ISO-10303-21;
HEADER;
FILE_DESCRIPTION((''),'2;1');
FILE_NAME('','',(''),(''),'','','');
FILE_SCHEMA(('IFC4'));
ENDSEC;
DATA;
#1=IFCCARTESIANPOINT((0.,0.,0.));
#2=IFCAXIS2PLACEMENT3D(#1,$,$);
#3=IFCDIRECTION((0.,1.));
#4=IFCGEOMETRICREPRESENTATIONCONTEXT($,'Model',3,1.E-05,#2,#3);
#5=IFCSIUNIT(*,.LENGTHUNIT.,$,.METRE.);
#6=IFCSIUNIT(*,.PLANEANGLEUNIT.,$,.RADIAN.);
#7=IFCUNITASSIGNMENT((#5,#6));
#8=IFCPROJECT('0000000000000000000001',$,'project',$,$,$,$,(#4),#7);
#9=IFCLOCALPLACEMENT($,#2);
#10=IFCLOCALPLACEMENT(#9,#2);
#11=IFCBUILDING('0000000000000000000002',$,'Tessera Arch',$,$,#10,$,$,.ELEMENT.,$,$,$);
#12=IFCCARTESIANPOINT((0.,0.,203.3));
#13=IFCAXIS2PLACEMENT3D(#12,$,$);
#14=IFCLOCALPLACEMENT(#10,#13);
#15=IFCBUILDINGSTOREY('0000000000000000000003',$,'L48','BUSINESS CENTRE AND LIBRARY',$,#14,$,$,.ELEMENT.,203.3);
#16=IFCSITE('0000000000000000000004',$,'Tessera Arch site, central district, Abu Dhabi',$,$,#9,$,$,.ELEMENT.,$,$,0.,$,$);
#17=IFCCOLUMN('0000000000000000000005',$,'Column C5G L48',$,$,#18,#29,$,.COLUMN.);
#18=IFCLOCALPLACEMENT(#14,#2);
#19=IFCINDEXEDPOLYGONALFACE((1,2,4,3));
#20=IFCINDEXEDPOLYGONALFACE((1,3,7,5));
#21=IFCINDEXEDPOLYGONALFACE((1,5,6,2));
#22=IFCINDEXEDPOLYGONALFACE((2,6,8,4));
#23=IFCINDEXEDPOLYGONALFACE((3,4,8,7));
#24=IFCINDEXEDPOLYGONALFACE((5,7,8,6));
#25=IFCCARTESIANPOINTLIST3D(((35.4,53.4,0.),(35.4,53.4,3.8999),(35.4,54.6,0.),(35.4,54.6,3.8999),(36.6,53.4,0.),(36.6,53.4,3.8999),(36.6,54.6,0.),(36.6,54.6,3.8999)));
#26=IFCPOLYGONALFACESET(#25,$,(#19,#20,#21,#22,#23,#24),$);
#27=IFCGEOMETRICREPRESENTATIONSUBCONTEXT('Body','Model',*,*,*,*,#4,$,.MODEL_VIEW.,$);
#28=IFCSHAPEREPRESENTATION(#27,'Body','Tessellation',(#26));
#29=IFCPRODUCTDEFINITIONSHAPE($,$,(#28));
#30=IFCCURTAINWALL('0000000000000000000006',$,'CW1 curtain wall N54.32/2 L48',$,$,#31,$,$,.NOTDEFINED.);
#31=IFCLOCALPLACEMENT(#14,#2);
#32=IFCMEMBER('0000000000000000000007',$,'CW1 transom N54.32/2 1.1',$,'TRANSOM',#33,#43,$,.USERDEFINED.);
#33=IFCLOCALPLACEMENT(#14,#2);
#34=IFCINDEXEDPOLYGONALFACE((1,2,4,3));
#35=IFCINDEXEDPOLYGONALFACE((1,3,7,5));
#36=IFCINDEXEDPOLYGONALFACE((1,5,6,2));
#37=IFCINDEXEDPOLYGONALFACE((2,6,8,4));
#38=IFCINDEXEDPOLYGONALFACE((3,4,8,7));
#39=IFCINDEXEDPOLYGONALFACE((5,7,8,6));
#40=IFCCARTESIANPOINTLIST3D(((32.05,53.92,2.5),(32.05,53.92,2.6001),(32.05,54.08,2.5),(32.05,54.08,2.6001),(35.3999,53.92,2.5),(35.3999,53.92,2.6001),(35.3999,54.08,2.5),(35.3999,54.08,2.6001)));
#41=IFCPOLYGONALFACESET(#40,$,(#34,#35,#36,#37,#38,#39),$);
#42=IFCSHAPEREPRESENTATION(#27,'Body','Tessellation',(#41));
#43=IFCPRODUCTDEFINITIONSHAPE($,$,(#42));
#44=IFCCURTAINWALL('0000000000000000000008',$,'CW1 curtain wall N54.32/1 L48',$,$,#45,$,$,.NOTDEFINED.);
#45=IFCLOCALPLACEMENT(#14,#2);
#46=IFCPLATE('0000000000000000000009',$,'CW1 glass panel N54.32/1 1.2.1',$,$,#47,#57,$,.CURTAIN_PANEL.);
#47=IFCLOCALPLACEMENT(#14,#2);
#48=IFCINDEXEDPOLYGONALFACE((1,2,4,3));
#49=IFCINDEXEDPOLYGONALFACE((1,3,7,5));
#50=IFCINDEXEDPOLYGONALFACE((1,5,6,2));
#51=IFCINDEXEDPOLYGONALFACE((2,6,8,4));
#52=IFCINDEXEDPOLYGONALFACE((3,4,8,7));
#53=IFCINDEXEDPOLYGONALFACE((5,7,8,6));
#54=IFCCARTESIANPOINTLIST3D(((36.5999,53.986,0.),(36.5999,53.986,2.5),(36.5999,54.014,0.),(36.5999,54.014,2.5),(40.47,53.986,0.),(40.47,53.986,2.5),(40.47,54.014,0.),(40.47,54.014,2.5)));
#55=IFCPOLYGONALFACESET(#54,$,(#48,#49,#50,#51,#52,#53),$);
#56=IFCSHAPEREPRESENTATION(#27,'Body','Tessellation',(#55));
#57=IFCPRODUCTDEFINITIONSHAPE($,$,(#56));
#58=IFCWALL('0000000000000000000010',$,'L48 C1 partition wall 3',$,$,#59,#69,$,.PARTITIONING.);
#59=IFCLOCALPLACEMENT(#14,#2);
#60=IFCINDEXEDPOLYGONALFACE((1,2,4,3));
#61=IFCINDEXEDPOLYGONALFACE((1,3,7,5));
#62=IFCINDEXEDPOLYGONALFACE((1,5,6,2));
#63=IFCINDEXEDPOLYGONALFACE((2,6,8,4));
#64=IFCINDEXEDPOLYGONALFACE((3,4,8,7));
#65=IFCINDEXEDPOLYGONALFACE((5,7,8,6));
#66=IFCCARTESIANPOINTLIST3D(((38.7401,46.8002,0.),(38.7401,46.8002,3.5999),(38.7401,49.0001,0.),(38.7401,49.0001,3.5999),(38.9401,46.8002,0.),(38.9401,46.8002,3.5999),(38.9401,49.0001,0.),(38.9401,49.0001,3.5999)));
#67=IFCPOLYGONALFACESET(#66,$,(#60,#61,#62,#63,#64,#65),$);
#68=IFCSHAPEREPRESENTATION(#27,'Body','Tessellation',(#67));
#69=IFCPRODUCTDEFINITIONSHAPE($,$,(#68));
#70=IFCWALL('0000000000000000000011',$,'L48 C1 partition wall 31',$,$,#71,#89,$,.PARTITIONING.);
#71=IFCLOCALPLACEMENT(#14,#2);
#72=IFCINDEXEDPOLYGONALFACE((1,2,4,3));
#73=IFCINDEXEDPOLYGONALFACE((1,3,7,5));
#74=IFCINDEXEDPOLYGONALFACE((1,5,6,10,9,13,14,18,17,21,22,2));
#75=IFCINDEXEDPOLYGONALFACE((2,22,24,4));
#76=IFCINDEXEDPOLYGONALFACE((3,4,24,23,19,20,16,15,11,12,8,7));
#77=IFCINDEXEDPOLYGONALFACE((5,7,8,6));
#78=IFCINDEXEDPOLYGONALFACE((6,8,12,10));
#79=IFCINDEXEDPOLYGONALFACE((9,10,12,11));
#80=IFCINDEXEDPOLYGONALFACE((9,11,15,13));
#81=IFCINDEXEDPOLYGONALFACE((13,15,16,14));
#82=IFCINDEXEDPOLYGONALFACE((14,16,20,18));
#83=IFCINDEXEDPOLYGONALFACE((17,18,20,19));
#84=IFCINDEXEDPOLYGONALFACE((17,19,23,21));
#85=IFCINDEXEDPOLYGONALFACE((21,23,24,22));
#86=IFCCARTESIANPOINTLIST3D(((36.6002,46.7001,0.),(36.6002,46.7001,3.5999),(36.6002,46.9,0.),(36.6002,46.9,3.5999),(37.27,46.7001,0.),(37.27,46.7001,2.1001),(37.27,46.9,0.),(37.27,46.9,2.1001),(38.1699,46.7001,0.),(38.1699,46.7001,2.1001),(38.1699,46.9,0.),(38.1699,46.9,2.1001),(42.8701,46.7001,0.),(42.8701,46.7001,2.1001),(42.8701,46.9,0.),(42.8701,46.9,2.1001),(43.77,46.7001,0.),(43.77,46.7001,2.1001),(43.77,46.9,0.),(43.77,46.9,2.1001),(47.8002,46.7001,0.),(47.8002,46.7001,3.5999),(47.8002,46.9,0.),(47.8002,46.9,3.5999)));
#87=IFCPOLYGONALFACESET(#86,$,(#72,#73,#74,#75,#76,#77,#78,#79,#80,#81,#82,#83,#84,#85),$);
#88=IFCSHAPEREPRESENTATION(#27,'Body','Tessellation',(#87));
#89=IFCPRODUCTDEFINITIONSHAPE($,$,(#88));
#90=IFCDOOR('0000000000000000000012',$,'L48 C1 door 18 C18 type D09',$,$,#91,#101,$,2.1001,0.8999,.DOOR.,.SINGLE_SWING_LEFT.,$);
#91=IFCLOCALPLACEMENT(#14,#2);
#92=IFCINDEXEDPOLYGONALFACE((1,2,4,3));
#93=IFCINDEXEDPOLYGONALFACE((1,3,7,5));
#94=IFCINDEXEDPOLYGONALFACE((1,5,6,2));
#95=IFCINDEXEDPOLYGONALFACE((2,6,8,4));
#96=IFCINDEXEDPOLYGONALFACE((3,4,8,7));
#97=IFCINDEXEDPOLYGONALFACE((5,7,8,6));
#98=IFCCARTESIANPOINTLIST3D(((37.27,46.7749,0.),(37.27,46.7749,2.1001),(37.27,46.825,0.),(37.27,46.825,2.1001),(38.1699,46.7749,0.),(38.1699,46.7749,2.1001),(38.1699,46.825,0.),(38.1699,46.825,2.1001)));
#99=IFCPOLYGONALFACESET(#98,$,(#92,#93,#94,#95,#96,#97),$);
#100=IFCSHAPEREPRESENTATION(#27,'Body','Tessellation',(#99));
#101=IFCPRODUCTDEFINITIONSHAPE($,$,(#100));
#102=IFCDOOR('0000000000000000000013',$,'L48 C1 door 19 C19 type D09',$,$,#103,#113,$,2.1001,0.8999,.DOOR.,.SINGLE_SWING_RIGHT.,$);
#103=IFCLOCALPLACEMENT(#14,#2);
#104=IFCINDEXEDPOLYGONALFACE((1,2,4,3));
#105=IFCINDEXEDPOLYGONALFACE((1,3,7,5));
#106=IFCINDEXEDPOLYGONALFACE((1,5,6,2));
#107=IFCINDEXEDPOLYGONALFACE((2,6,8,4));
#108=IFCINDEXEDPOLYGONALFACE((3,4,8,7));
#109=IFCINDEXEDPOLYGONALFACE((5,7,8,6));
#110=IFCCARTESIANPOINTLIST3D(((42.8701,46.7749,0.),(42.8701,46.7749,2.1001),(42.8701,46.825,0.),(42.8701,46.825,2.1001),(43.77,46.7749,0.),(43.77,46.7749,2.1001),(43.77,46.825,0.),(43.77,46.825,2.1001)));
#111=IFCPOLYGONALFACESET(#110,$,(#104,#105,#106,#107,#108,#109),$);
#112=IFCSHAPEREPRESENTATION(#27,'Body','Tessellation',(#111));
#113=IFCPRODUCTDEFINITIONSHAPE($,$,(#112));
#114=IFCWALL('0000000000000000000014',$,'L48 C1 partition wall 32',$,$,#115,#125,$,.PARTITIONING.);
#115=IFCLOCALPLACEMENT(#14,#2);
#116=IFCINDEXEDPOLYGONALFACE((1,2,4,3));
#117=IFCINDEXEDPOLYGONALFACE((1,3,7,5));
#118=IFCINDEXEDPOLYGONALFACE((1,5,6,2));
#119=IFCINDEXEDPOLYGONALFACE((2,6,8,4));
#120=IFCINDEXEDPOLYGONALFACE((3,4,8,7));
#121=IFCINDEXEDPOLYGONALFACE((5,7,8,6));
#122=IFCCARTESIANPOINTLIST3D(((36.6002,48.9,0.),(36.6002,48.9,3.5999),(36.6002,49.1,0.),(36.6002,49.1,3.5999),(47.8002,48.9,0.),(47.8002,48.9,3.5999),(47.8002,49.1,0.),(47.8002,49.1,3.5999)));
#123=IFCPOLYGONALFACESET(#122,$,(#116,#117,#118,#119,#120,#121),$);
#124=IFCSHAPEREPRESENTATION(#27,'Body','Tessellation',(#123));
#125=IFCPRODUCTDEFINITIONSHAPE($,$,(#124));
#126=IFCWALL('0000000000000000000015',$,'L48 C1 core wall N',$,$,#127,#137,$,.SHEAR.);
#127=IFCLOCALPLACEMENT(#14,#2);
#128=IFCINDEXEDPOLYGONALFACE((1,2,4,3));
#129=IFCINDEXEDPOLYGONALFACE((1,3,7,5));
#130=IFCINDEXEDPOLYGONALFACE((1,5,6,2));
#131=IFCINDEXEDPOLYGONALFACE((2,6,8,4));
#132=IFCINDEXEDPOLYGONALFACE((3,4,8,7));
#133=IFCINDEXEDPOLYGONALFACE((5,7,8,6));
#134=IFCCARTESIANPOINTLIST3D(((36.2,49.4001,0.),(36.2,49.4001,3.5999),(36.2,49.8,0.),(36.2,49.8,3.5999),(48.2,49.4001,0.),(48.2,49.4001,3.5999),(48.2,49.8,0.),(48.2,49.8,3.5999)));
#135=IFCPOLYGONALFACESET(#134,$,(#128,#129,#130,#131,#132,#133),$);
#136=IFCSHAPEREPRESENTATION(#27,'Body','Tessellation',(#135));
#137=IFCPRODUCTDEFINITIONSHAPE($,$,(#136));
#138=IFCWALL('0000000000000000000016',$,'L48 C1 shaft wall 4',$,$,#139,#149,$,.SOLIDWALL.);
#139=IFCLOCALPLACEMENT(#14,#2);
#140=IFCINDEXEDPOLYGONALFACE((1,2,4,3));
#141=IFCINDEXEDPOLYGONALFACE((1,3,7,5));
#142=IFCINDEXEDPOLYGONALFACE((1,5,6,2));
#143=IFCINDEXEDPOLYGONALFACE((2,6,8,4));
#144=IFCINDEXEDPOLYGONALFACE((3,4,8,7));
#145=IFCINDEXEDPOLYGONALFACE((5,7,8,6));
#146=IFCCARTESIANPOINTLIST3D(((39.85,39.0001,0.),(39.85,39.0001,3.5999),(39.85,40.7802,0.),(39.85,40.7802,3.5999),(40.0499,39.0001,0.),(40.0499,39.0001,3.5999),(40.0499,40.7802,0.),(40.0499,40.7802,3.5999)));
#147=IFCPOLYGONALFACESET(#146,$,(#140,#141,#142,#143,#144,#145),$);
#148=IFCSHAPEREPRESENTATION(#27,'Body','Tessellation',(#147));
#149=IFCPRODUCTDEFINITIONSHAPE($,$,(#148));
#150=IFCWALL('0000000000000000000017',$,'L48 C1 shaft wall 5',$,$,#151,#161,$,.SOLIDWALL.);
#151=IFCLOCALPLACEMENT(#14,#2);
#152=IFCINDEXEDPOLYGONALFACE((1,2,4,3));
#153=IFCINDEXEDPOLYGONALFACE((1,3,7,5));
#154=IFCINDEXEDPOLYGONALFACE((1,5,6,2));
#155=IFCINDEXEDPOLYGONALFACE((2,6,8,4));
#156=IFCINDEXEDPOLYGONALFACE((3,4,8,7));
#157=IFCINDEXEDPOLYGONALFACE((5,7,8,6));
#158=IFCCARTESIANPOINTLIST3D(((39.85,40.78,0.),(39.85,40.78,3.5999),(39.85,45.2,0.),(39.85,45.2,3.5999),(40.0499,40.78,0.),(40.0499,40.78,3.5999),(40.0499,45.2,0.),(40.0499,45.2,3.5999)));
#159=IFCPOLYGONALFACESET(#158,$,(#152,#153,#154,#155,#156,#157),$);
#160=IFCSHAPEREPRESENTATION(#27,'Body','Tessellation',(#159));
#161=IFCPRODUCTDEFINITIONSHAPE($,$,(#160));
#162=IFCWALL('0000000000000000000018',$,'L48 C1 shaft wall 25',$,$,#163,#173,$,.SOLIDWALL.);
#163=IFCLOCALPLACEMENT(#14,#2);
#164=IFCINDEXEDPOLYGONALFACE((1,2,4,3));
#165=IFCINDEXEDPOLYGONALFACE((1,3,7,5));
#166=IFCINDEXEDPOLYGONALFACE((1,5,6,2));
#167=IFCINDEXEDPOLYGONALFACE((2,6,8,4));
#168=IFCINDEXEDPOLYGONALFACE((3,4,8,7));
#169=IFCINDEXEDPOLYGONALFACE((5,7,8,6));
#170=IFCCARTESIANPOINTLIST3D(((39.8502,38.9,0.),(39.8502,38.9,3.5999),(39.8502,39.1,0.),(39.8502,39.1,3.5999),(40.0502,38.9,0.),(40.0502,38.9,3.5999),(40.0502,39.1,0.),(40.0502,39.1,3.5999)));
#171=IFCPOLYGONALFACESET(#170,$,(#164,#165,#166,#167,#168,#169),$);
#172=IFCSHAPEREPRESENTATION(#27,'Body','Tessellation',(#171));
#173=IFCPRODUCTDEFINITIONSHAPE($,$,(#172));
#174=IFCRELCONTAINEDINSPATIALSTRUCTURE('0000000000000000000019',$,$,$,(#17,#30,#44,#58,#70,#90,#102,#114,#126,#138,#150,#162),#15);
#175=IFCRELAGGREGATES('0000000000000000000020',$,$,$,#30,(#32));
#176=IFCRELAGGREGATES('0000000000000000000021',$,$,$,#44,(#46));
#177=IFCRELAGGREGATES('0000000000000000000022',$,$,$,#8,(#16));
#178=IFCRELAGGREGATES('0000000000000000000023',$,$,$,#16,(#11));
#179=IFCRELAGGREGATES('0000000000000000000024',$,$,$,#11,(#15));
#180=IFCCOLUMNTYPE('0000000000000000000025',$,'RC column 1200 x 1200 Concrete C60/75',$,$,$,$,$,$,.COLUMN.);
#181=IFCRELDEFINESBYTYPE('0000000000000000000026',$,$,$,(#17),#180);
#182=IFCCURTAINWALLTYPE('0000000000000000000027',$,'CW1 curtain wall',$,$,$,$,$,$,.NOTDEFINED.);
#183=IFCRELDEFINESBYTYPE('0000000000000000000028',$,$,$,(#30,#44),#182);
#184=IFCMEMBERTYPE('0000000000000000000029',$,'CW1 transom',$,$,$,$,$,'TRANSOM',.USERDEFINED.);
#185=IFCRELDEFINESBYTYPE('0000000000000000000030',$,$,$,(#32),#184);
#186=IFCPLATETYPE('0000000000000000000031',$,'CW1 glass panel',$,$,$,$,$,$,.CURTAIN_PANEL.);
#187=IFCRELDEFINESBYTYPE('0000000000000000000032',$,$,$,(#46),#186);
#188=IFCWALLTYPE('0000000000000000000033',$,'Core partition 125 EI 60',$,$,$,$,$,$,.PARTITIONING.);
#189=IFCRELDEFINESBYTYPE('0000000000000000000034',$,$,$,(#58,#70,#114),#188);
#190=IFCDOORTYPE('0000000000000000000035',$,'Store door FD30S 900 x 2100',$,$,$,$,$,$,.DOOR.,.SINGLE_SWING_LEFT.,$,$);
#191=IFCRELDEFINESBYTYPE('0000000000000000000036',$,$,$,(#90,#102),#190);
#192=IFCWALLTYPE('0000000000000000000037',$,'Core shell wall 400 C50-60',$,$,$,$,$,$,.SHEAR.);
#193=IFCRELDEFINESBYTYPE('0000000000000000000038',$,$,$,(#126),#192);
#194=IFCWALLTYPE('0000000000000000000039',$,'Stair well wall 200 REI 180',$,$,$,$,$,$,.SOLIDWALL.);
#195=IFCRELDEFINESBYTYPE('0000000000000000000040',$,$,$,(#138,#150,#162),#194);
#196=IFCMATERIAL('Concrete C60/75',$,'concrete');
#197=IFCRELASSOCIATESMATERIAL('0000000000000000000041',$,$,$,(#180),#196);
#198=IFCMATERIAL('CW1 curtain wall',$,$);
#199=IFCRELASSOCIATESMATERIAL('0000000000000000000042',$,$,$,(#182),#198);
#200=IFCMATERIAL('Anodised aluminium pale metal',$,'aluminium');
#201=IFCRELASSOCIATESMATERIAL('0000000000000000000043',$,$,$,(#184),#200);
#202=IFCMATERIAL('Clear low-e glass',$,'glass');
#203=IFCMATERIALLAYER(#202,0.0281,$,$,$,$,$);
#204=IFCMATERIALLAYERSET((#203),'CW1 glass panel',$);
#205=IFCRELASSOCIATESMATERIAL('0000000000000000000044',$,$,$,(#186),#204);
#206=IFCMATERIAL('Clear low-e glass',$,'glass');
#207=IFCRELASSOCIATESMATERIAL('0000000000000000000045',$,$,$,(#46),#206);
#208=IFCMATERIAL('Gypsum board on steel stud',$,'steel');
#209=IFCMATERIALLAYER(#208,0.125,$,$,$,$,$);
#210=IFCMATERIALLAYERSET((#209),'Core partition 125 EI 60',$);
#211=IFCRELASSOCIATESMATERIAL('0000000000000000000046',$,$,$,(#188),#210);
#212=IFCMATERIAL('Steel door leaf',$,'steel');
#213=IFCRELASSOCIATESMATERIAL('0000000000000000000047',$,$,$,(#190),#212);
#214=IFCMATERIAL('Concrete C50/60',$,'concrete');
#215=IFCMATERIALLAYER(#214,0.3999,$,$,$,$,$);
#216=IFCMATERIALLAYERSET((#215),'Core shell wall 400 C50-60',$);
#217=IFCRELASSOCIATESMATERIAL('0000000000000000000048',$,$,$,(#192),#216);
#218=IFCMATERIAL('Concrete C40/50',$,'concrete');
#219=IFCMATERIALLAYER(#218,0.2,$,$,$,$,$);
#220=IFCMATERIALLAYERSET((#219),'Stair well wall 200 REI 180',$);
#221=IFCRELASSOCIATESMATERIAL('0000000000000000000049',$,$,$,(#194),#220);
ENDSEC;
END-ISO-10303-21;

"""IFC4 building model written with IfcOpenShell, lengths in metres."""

from ifc_helpers import new_model, si_unit, direction, frame, frame_2d, origin, origin_2d, place, context, subcontext, project, spatial, rectangle, extrude, material, layer, layer_set, material_profile, profile_set, type_object, element, fill, aggregate, save


model = new_model("IFC4")

# Units and contexts
model_context = context("Model", 3, precision=1e-05, world=origin(), true_north=direction((0.0, 1.0)))
body_context = subcontext(model_context, "Body", "Model", "MODEL_VIEW")
ifc_project = project(units=[si_unit("LENGTHUNIT", "METRE"), si_unit("PLANEANGLEUNIT", "RADIAN")], contexts=[model_context])

# Site, building, storey
site_placement = place(None, origin())
site = spatial("IfcSite", under=ifc_project, at=site_placement, Name="Tessera Arch site, central district, Abu Dhabi", CompositionType="ELEMENT", RefElevation=0.0)
building_placement = place(site_placement, origin())
building = spatial("IfcBuilding", under=site, at=building_placement, Name="Tessera Arch", CompositionType="ELEMENT")
storey_placement = place(building_placement, frame((0.0, 0.0, 203.3)))
storey = spatial("IfcBuildingStorey", under=building, at=storey_placement, Name="L48", Description="BUSINESS CENTRE AND LIBRARY", CompositionType="ELEMENT", Elevation=203.3)

# Column
ifc_material_1 = material(Name="Concrete C60/75", Category="concrete")
ifc_material_profile_1 = material_profile(ifc_material_1, rectangle(XDim=1.2, YDim=1.2, at=origin_2d()), Name="RC column 1200 x 1200 Concrete C60/75")
ifc_profile_set_1 = profile_set([ifc_material_profile_1], Name="Concrete C60/75")
column_type = type_object("IfcColumnType", Name="RC column 1200 x 1200 Concrete C60/75", PredefinedType="COLUMN", material=ifc_profile_set_1)
column_placement = place(storey_placement, frame((36.0, 54.0, 0.0), z_axis=(0.0, 0.0, 1.0), x_axis=(1.0, 0.0, 0.0)))
element("IfcColumn", 1, at=column_placement, inside=storey, type_object=column_type, Name="Column C5G L48", PredefinedType="COLUMN", context=body_context, shape_type="SweptSolid", body=[
    extrude(rectangle(XDim=1.2, YDim=1.2, at=origin_2d()), origin(), (0.0, 0.0, 1.0), 3.8999),
])

# Curtain wall, member
ifc_material_2 = material(Name="CW1 curtain wall")
curtain_wall_type = type_object("IfcCurtainWallType", Name="CW1 curtain wall", PredefinedType="NOTDEFINED", material=ifc_material_2)
curtain_wall_1_placement = place(storey_placement, origin())
curtain_wall_1 = element("IfcCurtainWall", 2, at=curtain_wall_1_placement, inside=storey, type_object=curtain_wall_type, Name="CW1 curtain wall N54.32/2 L48", PredefinedType="NOTDEFINED")
ifc_material_3 = material(Name="Anodised aluminium pale metal", Category="aluminium")
ifc_material_profile_2 = material_profile(ifc_material_3, rectangle(XDim=0.1599, YDim=0.1001, at=origin_2d()), Name="AL 160x100")
ifc_profile_set_2 = profile_set([ifc_material_profile_2], Name="Anodised aluminium pale metal")
member_type = type_object("IfcMemberType", Name="CW1 transom", ElementType="TRANSOM", PredefinedType="USERDEFINED", material=ifc_profile_set_2)
member_placement = place(storey_placement, frame((35.3999, 54.0, 2.55), z_axis=(-1.0, 0.0, 0.0), x_axis=(0.0, -1.0, 0.0)))
member = element("IfcMember", 3, at=member_placement, type_object=member_type, Name="CW1 transom N54.32/2 1.1", ObjectType="TRANSOM", PredefinedType="USERDEFINED", context=body_context, shape_type="SweptSolid", body=[
    extrude(rectangle(XDim=0.1599, YDim=0.1001, at=origin_2d()), origin(), (0.0, 0.0, 1.0), 3.3499),
])
aggregate(curtain_wall_1, [member])

# Curtain wall, plate
curtain_wall_2_placement = place(storey_placement, origin())
curtain_wall_2 = element("IfcCurtainWall", 4, at=curtain_wall_2_placement, inside=storey, type_object=curtain_wall_type, Name="CW1 curtain wall N54.32/1 L48", PredefinedType="NOTDEFINED")
ifc_material_4 = material(Name="Clear low-e glass", Category="glass")
ifc_material_5 = material(Name="Clear low-e glass", Category="glass")
ifc_layer_1 = layer(ifc_material_5, 0.0281)
ifc_layer_set_1 = layer_set([ifc_layer_1], Name="CW1 glass panel")
plate_type = type_object("IfcPlateType", Name="CW1 glass panel", PredefinedType="CURTAIN_PANEL", material=ifc_layer_set_1)
plate_placement = place(storey_placement, frame((38.5349, 54.0, 0.0), z_axis=(0.0, 0.0, 1.0), x_axis=(-1.0, 0.0, 0.0)))
plate = element("IfcPlate", 5, at=plate_placement, type_object=plate_type, material=ifc_material_4, Name="CW1 glass panel N54.32/1 1.2.1", PredefinedType="CURTAIN_PANEL", context=body_context, shape_type="SweptSolid", body=[
    extrude(rectangle(XDim=3.8701, YDim=0.0281, at=origin_2d()), origin(), (0.0, 0.0, 1.0), 2.5),
])
aggregate(curtain_wall_2, [plate])

# Wall
ifc_material_6 = material(Name="Gypsum board on steel stud", Category="steel")
ifc_layer_2 = layer(ifc_material_6, 0.125)
ifc_layer_set_2 = layer_set([ifc_layer_2], Name="Core partition 125 EI 60")
wall_type_1 = type_object("IfcWallType", Name="Core partition 125 EI 60", PredefinedType="PARTITIONING", material=ifc_layer_set_2)
wall_1_placement = place(storey_placement, frame((38.8401, 46.8, 0.0), z_axis=(0.0, 0.0, 1.0), x_axis=(0.0, 1.0, 0.0)))
element("IfcWall", 6, at=wall_1_placement, inside=storey, type_object=wall_type_1, Name="L48 C1 partition wall 3", PredefinedType="PARTITIONING", context=body_context, shape_type="SweptSolid", body=[
    extrude(rectangle(XDim=2.2, YDim=0.2, at=frame_2d((1.1001, 0.0))), origin(), (0.0, 0.0, 1.0), 3.5999),
])

# Wall, openings, doors
wall_2_placement = place(storey_placement, frame((36.6001, 46.8, 0.0), z_axis=(0.0, 0.0, 1.0), x_axis=(1.0, 0.0, 0.0)))
wall_2 = element("IfcWall", 7, at=wall_2_placement, inside=storey, type_object=wall_type_1, Name="L48 C1 partition wall 31", PredefinedType="PARTITIONING", context=body_context, shape_type="SweptSolid", body=[
    extrude(rectangle(XDim=11.2, YDim=0.2, at=frame_2d((5.6001, 0.0))), origin(), (0.0, 0.0, 1.0), 3.5999),
])
opening_1_placement = place(wall_2_placement, frame((0.6699, 0.0, 0.0)))
opening_1 = element("IfcOpeningElement", 8, at=opening_1_placement, cuts=wall_2, PredefinedType="OPENING", context=body_context, shape_type="SweptSolid", body=[
    extrude(rectangle(XDim=0.8999, YDim=2.1001, at=frame_2d((0.45, 1.05))), frame((0.0, 0.1099, 0.0), z_axis=(0.0, -1.0, 0.0), x_axis=(1.0, 0.0, 0.0)), (0.0, 0.0, 1.0), 0.22),
])
opening_2_placement = place(wall_2_placement, frame((6.27, 0.0, 0.0)))
opening_2 = element("IfcOpeningElement", 9, at=opening_2_placement, cuts=wall_2, PredefinedType="OPENING", context=body_context, shape_type="SweptSolid", body=[
    extrude(rectangle(XDim=0.8999, YDim=2.1001, at=frame_2d((0.45, 1.05))), frame((0.0, 0.1099, 0.0), z_axis=(0.0, -1.0, 0.0), x_axis=(1.0, 0.0, 0.0)), (0.0, 0.0, 1.0), 0.22),
])
ifc_material_7 = material(Name="Steel door leaf", Category="steel")
door_type_1 = type_object("IfcDoorType", Name="Store door FD30S 900 x 2100", OperationType="SINGLE_SWING_LEFT", PredefinedType="DOOR", material=ifc_material_7)
door_1_placement = place(opening_1_placement, origin())
door_1 = element("IfcDoor", 10, at=door_1_placement, inside=storey, type_object=door_type_1, Name="L48 C1 door 18 C18 type D09", OperationType="SINGLE_SWING_LEFT", OverallHeight=2.1001, OverallWidth=0.8999, PredefinedType="DOOR", context=body_context, shape_type="SweptSolid", body=[
    extrude(rectangle(XDim=0.8999, YDim=2.1001, at=frame_2d((0.45, 1.05))), frame((0.0, 0.0249, 0.0), z_axis=(0.0, -1.0, 0.0), x_axis=(1.0, 0.0, 0.0)), (0.0, 0.0, 1.0), 0.05),
])
fill(opening_1, door_1)
door_2_placement = place(opening_2_placement, origin())
door_2 = element("IfcDoor", 11, at=door_2_placement, inside=storey, type_object=door_type_1, Name="L48 C1 door 19 C19 type D09", OperationType="SINGLE_SWING_RIGHT", OverallHeight=2.1001, OverallWidth=0.8999, PredefinedType="DOOR", context=body_context, shape_type="SweptSolid", body=[
    extrude(rectangle(XDim=0.8999, YDim=2.1001, at=frame_2d((0.45, 1.05))), frame((0.0, 0.0249, 0.0), z_axis=(0.0, -1.0, 0.0), x_axis=(1.0, 0.0, 0.0)), (0.0, 0.0, 1.0), 0.05),
])
fill(opening_2, door_2)

# Walls
wall_3_placement = place(storey_placement, frame((36.6001, 49.0, 0.0), z_axis=(0.0, 0.0, 1.0), x_axis=(1.0, 0.0, 0.0)))
element("IfcWall", 12, at=wall_3_placement, inside=storey, type_object=wall_type_1, Name="L48 C1 partition wall 32", PredefinedType="PARTITIONING", context=body_context, shape_type="SweptSolid", body=[
    extrude(rectangle(XDim=11.2, YDim=0.2, at=frame_2d((5.6001, 0.0))), origin(), (0.0, 0.0, 1.0), 3.5999),
])
ifc_material_8 = material(Name="Concrete C50/60", Category="concrete")
ifc_layer_3 = layer(ifc_material_8, 0.3999)
ifc_layer_set_3 = layer_set([ifc_layer_3], Name="Core shell wall 400 C50-60")
wall_type_2 = type_object("IfcWallType", Name="Core shell wall 400 C50-60", PredefinedType="SHEAR", material=ifc_layer_set_3)
wall_4_placement = place(storey_placement, frame((36.2, 49.6001, 0.0), z_axis=(0.0, 0.0, 1.0), x_axis=(1.0, 0.0, 0.0)))
element("IfcWall", 13, at=wall_4_placement, inside=storey, type_object=wall_type_2, Name="L48 C1 core wall N", PredefinedType="SHEAR", context=body_context, shape_type="SweptSolid", body=[
    extrude(rectangle(XDim=12.0, YDim=0.3999, at=frame_2d((6.0, 0.0))), origin(), (0.0, 0.0, 1.0), 3.5999),
])
ifc_material_9 = material(Name="Concrete C40/50", Category="concrete")
ifc_layer_4 = layer(ifc_material_9, 0.2)
ifc_layer_set_4 = layer_set([ifc_layer_4], Name="Stair well wall 200 REI 180")
wall_type_3 = type_object("IfcWallType", Name="Stair well wall 200 REI 180", PredefinedType="SOLIDWALL", material=ifc_layer_set_4)
wall_5_placement = place(storey_placement, frame((39.95, 39.0, 0.0), z_axis=(0.0, 0.0, 1.0), x_axis=(0.0, 1.0, 0.0)))
element("IfcWall", 14, at=wall_5_placement, inside=storey, type_object=wall_type_3, Name="L48 C1 shaft wall 4", PredefinedType="SOLIDWALL", context=body_context, shape_type="SweptSolid", body=[
    extrude(rectangle(XDim=1.78, YDim=0.2, at=frame_2d((0.8901, 0.0))), origin(), (0.0, 0.0, 1.0), 3.5999),
])
wall_6_placement = place(storey_placement, frame((39.95, 40.78, 0.0), z_axis=(0.0, 0.0, 1.0), x_axis=(0.0, 1.0, 0.0)))
element("IfcWall", 15, at=wall_6_placement, inside=storey, type_object=wall_type_3, Name="L48 C1 shaft wall 5", PredefinedType="SOLIDWALL", context=body_context, shape_type="SweptSolid", body=[
    extrude(rectangle(XDim=4.4199, YDim=0.2, at=frame_2d((2.21, 0.0))), origin(), (0.0, 0.0, 1.0), 3.5999),
])
wall_7_placement = place(storey_placement, frame((39.8501, 39.0, 0.0), z_axis=(0.0, 0.0, 1.0), x_axis=(1.0, 0.0, 0.0)))
element("IfcWall", 16, at=wall_7_placement, inside=storey, type_object=wall_type_3, Name="L48 C1 shaft wall 25", PredefinedType="SOLIDWALL", context=body_context, shape_type="SweptSolid", body=[
    extrude(rectangle(XDim=0.2, YDim=0.2, at=frame_2d((0.1001, 0.0))), origin(), (0.0, 0.0, 1.0), 3.5999),
])

save(model, "model.ifc")
